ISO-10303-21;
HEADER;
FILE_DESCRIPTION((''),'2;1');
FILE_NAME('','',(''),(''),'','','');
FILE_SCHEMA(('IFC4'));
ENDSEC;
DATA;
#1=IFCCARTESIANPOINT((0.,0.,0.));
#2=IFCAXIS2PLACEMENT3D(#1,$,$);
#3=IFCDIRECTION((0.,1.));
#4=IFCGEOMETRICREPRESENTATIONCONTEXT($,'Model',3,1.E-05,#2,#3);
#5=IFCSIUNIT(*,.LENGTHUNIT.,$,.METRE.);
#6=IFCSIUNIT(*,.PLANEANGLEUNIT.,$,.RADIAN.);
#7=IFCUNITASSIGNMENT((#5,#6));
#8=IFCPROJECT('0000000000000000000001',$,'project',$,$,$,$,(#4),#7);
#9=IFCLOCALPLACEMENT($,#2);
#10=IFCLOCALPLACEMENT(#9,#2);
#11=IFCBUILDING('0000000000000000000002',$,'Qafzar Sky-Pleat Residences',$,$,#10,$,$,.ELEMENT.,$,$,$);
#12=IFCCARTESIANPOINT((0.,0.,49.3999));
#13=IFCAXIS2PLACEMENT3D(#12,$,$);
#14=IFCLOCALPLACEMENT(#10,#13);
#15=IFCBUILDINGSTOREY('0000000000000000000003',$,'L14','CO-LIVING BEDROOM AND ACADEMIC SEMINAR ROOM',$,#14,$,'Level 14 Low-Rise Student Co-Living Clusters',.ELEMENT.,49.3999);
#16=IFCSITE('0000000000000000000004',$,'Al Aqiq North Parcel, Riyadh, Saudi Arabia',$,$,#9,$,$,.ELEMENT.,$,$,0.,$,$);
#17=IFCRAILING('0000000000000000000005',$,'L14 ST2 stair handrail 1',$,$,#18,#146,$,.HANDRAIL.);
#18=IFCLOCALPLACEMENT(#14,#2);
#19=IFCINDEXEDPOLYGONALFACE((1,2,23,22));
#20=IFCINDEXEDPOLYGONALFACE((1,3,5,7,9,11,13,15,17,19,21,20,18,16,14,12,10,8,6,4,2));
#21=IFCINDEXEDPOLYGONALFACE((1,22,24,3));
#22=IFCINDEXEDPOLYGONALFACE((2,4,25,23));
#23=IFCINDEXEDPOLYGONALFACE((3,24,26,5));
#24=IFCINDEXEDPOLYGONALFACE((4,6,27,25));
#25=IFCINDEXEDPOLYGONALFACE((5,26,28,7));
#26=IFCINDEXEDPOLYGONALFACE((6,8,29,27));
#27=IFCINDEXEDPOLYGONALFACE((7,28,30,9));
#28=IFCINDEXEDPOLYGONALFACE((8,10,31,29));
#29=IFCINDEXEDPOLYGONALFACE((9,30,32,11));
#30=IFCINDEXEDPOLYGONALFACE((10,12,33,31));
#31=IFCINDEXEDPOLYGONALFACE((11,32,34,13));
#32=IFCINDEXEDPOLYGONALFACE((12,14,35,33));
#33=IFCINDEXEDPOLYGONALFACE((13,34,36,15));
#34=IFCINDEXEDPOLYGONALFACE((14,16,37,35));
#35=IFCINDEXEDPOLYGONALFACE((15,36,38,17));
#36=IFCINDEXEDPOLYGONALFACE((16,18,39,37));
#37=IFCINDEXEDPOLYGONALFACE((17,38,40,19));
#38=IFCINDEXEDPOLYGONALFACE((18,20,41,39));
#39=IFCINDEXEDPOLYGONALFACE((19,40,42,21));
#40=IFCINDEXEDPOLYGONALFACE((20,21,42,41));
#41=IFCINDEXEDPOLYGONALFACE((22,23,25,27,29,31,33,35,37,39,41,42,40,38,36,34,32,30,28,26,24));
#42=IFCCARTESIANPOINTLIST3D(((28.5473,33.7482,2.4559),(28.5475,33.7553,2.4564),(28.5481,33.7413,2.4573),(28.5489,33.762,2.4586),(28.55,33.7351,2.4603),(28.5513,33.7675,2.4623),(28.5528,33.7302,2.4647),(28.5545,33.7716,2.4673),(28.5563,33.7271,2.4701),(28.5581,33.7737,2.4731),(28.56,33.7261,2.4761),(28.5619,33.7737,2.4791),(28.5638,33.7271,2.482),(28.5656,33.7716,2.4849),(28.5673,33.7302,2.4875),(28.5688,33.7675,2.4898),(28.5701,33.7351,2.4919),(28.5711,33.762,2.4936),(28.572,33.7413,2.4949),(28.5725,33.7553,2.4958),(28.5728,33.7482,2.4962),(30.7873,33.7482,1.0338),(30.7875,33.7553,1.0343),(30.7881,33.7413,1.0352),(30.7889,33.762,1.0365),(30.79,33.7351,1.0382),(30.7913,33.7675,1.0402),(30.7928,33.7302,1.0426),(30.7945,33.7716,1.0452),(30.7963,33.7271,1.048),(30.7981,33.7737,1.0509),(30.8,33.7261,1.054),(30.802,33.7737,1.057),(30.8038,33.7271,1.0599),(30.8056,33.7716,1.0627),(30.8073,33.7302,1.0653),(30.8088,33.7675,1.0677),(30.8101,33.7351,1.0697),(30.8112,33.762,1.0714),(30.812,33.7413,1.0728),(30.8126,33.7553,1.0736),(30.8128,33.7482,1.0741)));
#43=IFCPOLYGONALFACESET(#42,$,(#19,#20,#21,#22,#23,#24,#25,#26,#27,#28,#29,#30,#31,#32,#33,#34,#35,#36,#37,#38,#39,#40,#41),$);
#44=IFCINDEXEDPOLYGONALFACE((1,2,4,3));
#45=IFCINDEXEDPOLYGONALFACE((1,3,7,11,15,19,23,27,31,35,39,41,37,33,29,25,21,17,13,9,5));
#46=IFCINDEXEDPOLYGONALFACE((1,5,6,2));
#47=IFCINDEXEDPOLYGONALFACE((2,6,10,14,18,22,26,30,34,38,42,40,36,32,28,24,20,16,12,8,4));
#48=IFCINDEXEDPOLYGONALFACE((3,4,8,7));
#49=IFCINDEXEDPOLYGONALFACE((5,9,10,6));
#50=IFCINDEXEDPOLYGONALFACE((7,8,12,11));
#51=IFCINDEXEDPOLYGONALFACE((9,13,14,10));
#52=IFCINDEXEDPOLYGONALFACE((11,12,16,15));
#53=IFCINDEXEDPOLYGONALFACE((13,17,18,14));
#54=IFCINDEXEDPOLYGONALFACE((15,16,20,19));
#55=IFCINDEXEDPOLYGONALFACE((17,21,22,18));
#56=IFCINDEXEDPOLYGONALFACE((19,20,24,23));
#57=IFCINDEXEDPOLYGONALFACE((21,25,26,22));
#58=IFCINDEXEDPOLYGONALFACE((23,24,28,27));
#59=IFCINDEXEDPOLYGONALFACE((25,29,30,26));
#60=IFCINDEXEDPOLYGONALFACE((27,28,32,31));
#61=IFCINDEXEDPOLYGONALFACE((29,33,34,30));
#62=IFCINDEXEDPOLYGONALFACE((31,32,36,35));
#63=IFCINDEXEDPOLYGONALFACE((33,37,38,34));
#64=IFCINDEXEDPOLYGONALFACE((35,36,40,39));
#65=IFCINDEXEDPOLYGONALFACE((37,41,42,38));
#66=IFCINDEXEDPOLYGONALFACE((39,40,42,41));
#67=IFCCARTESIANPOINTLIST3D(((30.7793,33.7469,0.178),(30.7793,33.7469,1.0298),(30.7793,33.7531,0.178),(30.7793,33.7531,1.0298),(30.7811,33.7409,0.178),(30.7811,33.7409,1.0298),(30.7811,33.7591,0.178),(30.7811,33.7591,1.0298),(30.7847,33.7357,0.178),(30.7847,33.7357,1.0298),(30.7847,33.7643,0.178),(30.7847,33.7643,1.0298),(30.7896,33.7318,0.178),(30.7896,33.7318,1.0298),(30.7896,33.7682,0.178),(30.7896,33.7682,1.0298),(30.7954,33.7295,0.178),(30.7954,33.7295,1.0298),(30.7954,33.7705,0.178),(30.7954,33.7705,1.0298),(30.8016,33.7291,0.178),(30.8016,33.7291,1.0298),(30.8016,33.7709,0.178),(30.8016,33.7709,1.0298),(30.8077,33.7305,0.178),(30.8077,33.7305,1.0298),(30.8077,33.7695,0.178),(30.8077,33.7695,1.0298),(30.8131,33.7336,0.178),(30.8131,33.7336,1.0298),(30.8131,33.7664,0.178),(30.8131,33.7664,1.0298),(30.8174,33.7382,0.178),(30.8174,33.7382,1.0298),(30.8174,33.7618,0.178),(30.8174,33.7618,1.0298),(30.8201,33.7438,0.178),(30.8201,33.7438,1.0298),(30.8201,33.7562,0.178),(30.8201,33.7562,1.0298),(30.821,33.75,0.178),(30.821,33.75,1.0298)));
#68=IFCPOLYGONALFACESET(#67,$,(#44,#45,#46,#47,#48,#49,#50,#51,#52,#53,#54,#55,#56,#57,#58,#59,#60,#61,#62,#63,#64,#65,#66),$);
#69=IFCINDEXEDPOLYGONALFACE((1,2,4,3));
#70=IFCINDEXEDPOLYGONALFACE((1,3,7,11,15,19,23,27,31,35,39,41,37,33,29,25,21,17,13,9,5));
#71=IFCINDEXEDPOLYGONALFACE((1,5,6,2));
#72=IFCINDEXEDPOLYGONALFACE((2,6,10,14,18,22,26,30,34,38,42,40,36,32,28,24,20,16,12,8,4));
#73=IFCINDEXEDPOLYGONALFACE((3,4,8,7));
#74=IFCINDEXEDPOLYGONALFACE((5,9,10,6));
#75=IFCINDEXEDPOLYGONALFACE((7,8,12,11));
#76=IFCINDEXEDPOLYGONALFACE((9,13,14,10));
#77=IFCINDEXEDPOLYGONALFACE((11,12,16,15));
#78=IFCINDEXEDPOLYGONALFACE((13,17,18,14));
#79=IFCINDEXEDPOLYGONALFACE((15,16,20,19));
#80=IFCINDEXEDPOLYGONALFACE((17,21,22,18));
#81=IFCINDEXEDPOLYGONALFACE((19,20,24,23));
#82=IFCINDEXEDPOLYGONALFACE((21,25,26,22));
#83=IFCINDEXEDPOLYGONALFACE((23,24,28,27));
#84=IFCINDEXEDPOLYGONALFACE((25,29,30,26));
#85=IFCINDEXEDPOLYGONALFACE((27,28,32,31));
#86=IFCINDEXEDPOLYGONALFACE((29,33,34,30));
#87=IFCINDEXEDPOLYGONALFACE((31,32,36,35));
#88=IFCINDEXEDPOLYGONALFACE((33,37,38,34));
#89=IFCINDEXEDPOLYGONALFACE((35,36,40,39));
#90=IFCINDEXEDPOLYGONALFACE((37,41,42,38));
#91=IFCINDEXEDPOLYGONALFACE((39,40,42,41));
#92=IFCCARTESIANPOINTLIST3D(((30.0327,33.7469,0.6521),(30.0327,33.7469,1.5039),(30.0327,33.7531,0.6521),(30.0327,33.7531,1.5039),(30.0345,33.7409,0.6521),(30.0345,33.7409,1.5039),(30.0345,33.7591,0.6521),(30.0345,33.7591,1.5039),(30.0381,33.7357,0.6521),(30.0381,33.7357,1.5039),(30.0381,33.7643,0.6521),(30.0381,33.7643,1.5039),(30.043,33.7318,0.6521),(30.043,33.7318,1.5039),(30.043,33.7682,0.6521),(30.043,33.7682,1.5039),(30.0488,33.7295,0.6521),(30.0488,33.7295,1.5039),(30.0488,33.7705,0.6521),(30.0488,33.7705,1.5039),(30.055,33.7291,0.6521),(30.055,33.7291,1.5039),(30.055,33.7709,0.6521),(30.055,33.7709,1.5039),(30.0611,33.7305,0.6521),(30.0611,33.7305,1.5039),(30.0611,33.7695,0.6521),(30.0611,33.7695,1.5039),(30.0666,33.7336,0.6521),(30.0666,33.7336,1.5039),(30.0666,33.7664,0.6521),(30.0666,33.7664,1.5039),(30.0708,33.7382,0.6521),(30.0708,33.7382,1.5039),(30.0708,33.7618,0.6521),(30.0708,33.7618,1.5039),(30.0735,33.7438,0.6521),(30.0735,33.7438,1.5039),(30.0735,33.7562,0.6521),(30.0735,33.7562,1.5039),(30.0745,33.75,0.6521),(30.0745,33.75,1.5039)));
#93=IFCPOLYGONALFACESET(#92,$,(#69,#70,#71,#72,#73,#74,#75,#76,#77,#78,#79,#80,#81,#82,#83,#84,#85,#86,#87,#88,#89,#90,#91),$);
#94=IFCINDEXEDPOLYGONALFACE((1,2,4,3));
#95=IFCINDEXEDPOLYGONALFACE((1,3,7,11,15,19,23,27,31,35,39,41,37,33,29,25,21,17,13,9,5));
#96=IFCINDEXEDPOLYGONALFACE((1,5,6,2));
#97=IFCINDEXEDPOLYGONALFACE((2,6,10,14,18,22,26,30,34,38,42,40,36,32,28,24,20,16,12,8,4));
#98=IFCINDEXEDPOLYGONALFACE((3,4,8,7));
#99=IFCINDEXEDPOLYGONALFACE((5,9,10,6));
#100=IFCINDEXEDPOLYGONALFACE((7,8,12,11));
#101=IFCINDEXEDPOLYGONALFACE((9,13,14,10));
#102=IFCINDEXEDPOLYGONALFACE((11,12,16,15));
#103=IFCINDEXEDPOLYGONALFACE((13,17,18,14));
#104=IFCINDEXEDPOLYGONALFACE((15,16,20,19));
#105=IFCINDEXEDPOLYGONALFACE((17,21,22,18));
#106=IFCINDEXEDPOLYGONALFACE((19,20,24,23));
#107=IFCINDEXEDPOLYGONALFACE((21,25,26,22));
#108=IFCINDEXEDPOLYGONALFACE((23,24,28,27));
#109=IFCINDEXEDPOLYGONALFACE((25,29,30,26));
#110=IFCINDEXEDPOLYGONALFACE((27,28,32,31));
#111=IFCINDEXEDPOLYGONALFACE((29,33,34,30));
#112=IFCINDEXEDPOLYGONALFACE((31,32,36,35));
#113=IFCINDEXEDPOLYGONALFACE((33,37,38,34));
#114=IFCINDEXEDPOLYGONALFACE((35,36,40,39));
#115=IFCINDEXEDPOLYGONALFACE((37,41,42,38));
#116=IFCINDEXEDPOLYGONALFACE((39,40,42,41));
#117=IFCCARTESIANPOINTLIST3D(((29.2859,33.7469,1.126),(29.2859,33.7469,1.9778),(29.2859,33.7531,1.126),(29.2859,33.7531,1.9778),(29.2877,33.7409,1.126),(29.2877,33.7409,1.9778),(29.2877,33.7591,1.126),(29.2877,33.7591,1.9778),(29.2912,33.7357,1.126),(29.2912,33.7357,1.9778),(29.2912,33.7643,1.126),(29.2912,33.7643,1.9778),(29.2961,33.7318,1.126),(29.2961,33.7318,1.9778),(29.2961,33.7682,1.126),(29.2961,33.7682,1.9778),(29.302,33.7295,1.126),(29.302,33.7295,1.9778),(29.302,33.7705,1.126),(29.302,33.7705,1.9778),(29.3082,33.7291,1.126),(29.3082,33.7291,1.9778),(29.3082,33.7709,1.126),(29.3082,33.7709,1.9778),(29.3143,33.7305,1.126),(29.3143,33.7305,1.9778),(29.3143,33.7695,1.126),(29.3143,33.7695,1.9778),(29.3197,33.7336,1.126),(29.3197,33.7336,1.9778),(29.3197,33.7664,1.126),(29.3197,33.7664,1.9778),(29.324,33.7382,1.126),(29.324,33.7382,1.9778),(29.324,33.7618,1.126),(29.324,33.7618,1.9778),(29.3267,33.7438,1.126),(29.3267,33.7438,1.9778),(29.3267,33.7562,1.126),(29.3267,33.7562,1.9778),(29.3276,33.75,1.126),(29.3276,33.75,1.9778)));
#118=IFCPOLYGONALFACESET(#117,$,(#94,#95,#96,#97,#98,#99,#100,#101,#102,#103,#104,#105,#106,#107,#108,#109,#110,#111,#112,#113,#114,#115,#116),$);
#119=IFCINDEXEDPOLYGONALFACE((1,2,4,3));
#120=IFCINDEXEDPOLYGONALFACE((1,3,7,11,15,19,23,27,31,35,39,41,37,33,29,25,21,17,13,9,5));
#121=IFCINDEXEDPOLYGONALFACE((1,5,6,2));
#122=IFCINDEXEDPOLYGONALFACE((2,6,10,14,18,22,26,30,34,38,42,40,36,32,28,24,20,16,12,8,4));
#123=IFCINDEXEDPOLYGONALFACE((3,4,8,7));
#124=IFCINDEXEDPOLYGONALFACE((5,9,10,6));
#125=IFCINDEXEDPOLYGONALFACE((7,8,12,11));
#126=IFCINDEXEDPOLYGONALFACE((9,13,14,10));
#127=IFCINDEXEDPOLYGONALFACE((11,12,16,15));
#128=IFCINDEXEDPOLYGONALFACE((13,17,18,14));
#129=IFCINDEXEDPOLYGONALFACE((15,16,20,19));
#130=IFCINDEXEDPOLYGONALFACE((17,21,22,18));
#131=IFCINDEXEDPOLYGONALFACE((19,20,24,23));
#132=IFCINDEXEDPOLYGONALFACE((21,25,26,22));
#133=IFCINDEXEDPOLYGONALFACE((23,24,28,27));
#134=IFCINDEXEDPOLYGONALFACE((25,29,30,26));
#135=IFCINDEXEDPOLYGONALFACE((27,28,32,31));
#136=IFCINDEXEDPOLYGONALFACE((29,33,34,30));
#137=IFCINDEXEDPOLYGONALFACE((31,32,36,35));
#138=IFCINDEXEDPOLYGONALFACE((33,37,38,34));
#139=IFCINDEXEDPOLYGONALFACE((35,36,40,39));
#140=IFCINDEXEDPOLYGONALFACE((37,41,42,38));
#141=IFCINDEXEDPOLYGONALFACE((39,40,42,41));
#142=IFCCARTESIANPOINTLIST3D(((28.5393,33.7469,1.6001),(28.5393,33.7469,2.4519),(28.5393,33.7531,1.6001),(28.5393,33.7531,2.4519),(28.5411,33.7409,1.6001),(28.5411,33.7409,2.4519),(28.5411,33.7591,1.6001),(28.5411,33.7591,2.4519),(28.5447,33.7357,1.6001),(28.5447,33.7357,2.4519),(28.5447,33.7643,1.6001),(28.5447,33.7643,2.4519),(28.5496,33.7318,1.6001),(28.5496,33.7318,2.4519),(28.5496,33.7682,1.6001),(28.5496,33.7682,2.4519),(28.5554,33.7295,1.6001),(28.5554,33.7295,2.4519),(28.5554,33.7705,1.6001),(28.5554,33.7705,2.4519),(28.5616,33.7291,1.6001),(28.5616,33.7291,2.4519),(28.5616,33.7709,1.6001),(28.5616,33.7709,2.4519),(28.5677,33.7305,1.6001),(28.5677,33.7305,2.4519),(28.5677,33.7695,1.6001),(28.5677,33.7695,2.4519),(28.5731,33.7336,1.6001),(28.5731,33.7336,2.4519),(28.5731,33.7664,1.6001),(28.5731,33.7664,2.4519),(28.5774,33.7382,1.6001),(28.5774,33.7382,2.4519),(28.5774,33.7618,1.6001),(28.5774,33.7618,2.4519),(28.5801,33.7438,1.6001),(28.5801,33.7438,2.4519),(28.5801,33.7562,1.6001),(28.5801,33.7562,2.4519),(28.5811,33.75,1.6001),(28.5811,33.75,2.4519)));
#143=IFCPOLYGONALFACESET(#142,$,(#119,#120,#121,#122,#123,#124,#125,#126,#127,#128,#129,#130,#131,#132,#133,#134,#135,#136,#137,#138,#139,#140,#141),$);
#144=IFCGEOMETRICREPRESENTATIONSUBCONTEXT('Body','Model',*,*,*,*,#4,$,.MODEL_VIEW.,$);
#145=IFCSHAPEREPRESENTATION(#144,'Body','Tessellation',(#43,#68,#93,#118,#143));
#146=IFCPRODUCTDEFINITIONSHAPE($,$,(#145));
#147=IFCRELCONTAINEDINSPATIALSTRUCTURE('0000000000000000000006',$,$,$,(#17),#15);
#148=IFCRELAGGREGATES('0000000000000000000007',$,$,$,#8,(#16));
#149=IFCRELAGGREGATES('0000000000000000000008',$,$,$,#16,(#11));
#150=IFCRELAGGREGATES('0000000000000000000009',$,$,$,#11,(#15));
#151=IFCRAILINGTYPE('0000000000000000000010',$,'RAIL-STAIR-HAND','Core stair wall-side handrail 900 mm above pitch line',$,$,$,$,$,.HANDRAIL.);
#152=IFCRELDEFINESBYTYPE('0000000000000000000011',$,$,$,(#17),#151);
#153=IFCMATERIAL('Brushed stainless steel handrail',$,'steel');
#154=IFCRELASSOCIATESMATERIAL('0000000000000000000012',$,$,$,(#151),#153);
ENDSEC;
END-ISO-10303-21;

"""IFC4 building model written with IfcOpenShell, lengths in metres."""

from ifc_helpers import new_model, si_unit, direction, frame, origin, origin_2d, place, context, subcontext, project, spatial, circle, extrude, source, transform, mapped, material, type_object, element, save


model = new_model("IFC4")

# Units and contexts
model_context = context("Model", 3, precision=1e-05, world=origin(), true_north=direction((0.0, 1.0)))
body_context = subcontext(model_context, "Body", "Model", "MODEL_VIEW")
ifc_project = project(units=[si_unit("LENGTHUNIT", "METRE"), si_unit("PLANEANGLEUNIT", "RADIAN")], contexts=[model_context])

# Site, building, storey
site_placement = place(None, origin())
site = spatial("IfcSite", under=ifc_project, at=site_placement, Name="Al Aqiq North Parcel, Riyadh, Saudi Arabia", CompositionType="ELEMENT", RefElevation=0.0)
building_placement = place(site_placement, origin())
building = spatial("IfcBuilding", under=site, at=building_placement, Name="Qafzar Sky-Pleat Residences", CompositionType="ELEMENT")
storey_placement = place(building_placement, frame((0.0, 0.0, 49.3999)))
storey = spatial("IfcBuildingStorey", under=building, at=storey_placement, Name="L14", Description="CO-LIVING BEDROOM AND ACADEMIC SEMINAR ROOM", LongName="Level 14 Low-Rise Student Co-Living Clusters", CompositionType="ELEMENT", Elevation=49.3999)

# Railing
ifc_material_1 = material(Name="Brushed stainless steel handrail", Category="steel")
railing_type_1 = type_object("IfcRailingType", Name="RAIL-STAIR-HAND", Description="Core stair wall-side handrail 900 mm above pitch line", PredefinedType="HANDRAIL", material=ifc_material_1)
shared_shape_1 = source(origin(), body_context, "Body", "SweptSolid", [
    extrude(circle(Radius=0.0239, at=origin_2d()), frame((0.0, 0.0, 0.876), z_axis=(-0.844229, 0.0, 0.535982), x_axis=(0.0, -1.0, 0.0)), (0.0, 0.0, 1.0), 2.6533),
    extrude(circle(Radius=0.021, at=origin_2d()), origin(), (0.0, 0.0, 1.0), 0.8518),
    extrude(circle(Radius=0.021, at=origin_2d()), frame((-0.7466, 0.0, 0.4741)), (0.0, 0.0, 1.0), 0.8518),
    extrude(circle(Radius=0.021, at=origin_2d()), frame((-1.4934, 0.0, 0.948)), (0.0, 0.0, 1.0), 0.8518),
    extrude(circle(Radius=0.021, at=origin_2d()), frame((-2.24, 0.0, 1.4221)), (0.0, 0.0, 1.0), 0.8518),
])
railing_1_placement = place(storey_placement, frame((30.8, 33.75, 0.178)))
element("IfcRailing", 1, at=railing_1_placement, inside=storey, type_object=railing_type_1, Name="L14 ST2 stair handrail 1", PredefinedType="HANDRAIL", context=body_context, shape_type="MappedRepresentation", body=[
    mapped(shared_shape_1, transform((0.0, 0.0, 0.0), x_axis=(1.0, 0.0, 0.0), y_axis=(0.0, 1.0, 0.0), z_axis=(0.0, 0.0, 1.0), scale=1.0)),
])

save(model, "model.ifc")
